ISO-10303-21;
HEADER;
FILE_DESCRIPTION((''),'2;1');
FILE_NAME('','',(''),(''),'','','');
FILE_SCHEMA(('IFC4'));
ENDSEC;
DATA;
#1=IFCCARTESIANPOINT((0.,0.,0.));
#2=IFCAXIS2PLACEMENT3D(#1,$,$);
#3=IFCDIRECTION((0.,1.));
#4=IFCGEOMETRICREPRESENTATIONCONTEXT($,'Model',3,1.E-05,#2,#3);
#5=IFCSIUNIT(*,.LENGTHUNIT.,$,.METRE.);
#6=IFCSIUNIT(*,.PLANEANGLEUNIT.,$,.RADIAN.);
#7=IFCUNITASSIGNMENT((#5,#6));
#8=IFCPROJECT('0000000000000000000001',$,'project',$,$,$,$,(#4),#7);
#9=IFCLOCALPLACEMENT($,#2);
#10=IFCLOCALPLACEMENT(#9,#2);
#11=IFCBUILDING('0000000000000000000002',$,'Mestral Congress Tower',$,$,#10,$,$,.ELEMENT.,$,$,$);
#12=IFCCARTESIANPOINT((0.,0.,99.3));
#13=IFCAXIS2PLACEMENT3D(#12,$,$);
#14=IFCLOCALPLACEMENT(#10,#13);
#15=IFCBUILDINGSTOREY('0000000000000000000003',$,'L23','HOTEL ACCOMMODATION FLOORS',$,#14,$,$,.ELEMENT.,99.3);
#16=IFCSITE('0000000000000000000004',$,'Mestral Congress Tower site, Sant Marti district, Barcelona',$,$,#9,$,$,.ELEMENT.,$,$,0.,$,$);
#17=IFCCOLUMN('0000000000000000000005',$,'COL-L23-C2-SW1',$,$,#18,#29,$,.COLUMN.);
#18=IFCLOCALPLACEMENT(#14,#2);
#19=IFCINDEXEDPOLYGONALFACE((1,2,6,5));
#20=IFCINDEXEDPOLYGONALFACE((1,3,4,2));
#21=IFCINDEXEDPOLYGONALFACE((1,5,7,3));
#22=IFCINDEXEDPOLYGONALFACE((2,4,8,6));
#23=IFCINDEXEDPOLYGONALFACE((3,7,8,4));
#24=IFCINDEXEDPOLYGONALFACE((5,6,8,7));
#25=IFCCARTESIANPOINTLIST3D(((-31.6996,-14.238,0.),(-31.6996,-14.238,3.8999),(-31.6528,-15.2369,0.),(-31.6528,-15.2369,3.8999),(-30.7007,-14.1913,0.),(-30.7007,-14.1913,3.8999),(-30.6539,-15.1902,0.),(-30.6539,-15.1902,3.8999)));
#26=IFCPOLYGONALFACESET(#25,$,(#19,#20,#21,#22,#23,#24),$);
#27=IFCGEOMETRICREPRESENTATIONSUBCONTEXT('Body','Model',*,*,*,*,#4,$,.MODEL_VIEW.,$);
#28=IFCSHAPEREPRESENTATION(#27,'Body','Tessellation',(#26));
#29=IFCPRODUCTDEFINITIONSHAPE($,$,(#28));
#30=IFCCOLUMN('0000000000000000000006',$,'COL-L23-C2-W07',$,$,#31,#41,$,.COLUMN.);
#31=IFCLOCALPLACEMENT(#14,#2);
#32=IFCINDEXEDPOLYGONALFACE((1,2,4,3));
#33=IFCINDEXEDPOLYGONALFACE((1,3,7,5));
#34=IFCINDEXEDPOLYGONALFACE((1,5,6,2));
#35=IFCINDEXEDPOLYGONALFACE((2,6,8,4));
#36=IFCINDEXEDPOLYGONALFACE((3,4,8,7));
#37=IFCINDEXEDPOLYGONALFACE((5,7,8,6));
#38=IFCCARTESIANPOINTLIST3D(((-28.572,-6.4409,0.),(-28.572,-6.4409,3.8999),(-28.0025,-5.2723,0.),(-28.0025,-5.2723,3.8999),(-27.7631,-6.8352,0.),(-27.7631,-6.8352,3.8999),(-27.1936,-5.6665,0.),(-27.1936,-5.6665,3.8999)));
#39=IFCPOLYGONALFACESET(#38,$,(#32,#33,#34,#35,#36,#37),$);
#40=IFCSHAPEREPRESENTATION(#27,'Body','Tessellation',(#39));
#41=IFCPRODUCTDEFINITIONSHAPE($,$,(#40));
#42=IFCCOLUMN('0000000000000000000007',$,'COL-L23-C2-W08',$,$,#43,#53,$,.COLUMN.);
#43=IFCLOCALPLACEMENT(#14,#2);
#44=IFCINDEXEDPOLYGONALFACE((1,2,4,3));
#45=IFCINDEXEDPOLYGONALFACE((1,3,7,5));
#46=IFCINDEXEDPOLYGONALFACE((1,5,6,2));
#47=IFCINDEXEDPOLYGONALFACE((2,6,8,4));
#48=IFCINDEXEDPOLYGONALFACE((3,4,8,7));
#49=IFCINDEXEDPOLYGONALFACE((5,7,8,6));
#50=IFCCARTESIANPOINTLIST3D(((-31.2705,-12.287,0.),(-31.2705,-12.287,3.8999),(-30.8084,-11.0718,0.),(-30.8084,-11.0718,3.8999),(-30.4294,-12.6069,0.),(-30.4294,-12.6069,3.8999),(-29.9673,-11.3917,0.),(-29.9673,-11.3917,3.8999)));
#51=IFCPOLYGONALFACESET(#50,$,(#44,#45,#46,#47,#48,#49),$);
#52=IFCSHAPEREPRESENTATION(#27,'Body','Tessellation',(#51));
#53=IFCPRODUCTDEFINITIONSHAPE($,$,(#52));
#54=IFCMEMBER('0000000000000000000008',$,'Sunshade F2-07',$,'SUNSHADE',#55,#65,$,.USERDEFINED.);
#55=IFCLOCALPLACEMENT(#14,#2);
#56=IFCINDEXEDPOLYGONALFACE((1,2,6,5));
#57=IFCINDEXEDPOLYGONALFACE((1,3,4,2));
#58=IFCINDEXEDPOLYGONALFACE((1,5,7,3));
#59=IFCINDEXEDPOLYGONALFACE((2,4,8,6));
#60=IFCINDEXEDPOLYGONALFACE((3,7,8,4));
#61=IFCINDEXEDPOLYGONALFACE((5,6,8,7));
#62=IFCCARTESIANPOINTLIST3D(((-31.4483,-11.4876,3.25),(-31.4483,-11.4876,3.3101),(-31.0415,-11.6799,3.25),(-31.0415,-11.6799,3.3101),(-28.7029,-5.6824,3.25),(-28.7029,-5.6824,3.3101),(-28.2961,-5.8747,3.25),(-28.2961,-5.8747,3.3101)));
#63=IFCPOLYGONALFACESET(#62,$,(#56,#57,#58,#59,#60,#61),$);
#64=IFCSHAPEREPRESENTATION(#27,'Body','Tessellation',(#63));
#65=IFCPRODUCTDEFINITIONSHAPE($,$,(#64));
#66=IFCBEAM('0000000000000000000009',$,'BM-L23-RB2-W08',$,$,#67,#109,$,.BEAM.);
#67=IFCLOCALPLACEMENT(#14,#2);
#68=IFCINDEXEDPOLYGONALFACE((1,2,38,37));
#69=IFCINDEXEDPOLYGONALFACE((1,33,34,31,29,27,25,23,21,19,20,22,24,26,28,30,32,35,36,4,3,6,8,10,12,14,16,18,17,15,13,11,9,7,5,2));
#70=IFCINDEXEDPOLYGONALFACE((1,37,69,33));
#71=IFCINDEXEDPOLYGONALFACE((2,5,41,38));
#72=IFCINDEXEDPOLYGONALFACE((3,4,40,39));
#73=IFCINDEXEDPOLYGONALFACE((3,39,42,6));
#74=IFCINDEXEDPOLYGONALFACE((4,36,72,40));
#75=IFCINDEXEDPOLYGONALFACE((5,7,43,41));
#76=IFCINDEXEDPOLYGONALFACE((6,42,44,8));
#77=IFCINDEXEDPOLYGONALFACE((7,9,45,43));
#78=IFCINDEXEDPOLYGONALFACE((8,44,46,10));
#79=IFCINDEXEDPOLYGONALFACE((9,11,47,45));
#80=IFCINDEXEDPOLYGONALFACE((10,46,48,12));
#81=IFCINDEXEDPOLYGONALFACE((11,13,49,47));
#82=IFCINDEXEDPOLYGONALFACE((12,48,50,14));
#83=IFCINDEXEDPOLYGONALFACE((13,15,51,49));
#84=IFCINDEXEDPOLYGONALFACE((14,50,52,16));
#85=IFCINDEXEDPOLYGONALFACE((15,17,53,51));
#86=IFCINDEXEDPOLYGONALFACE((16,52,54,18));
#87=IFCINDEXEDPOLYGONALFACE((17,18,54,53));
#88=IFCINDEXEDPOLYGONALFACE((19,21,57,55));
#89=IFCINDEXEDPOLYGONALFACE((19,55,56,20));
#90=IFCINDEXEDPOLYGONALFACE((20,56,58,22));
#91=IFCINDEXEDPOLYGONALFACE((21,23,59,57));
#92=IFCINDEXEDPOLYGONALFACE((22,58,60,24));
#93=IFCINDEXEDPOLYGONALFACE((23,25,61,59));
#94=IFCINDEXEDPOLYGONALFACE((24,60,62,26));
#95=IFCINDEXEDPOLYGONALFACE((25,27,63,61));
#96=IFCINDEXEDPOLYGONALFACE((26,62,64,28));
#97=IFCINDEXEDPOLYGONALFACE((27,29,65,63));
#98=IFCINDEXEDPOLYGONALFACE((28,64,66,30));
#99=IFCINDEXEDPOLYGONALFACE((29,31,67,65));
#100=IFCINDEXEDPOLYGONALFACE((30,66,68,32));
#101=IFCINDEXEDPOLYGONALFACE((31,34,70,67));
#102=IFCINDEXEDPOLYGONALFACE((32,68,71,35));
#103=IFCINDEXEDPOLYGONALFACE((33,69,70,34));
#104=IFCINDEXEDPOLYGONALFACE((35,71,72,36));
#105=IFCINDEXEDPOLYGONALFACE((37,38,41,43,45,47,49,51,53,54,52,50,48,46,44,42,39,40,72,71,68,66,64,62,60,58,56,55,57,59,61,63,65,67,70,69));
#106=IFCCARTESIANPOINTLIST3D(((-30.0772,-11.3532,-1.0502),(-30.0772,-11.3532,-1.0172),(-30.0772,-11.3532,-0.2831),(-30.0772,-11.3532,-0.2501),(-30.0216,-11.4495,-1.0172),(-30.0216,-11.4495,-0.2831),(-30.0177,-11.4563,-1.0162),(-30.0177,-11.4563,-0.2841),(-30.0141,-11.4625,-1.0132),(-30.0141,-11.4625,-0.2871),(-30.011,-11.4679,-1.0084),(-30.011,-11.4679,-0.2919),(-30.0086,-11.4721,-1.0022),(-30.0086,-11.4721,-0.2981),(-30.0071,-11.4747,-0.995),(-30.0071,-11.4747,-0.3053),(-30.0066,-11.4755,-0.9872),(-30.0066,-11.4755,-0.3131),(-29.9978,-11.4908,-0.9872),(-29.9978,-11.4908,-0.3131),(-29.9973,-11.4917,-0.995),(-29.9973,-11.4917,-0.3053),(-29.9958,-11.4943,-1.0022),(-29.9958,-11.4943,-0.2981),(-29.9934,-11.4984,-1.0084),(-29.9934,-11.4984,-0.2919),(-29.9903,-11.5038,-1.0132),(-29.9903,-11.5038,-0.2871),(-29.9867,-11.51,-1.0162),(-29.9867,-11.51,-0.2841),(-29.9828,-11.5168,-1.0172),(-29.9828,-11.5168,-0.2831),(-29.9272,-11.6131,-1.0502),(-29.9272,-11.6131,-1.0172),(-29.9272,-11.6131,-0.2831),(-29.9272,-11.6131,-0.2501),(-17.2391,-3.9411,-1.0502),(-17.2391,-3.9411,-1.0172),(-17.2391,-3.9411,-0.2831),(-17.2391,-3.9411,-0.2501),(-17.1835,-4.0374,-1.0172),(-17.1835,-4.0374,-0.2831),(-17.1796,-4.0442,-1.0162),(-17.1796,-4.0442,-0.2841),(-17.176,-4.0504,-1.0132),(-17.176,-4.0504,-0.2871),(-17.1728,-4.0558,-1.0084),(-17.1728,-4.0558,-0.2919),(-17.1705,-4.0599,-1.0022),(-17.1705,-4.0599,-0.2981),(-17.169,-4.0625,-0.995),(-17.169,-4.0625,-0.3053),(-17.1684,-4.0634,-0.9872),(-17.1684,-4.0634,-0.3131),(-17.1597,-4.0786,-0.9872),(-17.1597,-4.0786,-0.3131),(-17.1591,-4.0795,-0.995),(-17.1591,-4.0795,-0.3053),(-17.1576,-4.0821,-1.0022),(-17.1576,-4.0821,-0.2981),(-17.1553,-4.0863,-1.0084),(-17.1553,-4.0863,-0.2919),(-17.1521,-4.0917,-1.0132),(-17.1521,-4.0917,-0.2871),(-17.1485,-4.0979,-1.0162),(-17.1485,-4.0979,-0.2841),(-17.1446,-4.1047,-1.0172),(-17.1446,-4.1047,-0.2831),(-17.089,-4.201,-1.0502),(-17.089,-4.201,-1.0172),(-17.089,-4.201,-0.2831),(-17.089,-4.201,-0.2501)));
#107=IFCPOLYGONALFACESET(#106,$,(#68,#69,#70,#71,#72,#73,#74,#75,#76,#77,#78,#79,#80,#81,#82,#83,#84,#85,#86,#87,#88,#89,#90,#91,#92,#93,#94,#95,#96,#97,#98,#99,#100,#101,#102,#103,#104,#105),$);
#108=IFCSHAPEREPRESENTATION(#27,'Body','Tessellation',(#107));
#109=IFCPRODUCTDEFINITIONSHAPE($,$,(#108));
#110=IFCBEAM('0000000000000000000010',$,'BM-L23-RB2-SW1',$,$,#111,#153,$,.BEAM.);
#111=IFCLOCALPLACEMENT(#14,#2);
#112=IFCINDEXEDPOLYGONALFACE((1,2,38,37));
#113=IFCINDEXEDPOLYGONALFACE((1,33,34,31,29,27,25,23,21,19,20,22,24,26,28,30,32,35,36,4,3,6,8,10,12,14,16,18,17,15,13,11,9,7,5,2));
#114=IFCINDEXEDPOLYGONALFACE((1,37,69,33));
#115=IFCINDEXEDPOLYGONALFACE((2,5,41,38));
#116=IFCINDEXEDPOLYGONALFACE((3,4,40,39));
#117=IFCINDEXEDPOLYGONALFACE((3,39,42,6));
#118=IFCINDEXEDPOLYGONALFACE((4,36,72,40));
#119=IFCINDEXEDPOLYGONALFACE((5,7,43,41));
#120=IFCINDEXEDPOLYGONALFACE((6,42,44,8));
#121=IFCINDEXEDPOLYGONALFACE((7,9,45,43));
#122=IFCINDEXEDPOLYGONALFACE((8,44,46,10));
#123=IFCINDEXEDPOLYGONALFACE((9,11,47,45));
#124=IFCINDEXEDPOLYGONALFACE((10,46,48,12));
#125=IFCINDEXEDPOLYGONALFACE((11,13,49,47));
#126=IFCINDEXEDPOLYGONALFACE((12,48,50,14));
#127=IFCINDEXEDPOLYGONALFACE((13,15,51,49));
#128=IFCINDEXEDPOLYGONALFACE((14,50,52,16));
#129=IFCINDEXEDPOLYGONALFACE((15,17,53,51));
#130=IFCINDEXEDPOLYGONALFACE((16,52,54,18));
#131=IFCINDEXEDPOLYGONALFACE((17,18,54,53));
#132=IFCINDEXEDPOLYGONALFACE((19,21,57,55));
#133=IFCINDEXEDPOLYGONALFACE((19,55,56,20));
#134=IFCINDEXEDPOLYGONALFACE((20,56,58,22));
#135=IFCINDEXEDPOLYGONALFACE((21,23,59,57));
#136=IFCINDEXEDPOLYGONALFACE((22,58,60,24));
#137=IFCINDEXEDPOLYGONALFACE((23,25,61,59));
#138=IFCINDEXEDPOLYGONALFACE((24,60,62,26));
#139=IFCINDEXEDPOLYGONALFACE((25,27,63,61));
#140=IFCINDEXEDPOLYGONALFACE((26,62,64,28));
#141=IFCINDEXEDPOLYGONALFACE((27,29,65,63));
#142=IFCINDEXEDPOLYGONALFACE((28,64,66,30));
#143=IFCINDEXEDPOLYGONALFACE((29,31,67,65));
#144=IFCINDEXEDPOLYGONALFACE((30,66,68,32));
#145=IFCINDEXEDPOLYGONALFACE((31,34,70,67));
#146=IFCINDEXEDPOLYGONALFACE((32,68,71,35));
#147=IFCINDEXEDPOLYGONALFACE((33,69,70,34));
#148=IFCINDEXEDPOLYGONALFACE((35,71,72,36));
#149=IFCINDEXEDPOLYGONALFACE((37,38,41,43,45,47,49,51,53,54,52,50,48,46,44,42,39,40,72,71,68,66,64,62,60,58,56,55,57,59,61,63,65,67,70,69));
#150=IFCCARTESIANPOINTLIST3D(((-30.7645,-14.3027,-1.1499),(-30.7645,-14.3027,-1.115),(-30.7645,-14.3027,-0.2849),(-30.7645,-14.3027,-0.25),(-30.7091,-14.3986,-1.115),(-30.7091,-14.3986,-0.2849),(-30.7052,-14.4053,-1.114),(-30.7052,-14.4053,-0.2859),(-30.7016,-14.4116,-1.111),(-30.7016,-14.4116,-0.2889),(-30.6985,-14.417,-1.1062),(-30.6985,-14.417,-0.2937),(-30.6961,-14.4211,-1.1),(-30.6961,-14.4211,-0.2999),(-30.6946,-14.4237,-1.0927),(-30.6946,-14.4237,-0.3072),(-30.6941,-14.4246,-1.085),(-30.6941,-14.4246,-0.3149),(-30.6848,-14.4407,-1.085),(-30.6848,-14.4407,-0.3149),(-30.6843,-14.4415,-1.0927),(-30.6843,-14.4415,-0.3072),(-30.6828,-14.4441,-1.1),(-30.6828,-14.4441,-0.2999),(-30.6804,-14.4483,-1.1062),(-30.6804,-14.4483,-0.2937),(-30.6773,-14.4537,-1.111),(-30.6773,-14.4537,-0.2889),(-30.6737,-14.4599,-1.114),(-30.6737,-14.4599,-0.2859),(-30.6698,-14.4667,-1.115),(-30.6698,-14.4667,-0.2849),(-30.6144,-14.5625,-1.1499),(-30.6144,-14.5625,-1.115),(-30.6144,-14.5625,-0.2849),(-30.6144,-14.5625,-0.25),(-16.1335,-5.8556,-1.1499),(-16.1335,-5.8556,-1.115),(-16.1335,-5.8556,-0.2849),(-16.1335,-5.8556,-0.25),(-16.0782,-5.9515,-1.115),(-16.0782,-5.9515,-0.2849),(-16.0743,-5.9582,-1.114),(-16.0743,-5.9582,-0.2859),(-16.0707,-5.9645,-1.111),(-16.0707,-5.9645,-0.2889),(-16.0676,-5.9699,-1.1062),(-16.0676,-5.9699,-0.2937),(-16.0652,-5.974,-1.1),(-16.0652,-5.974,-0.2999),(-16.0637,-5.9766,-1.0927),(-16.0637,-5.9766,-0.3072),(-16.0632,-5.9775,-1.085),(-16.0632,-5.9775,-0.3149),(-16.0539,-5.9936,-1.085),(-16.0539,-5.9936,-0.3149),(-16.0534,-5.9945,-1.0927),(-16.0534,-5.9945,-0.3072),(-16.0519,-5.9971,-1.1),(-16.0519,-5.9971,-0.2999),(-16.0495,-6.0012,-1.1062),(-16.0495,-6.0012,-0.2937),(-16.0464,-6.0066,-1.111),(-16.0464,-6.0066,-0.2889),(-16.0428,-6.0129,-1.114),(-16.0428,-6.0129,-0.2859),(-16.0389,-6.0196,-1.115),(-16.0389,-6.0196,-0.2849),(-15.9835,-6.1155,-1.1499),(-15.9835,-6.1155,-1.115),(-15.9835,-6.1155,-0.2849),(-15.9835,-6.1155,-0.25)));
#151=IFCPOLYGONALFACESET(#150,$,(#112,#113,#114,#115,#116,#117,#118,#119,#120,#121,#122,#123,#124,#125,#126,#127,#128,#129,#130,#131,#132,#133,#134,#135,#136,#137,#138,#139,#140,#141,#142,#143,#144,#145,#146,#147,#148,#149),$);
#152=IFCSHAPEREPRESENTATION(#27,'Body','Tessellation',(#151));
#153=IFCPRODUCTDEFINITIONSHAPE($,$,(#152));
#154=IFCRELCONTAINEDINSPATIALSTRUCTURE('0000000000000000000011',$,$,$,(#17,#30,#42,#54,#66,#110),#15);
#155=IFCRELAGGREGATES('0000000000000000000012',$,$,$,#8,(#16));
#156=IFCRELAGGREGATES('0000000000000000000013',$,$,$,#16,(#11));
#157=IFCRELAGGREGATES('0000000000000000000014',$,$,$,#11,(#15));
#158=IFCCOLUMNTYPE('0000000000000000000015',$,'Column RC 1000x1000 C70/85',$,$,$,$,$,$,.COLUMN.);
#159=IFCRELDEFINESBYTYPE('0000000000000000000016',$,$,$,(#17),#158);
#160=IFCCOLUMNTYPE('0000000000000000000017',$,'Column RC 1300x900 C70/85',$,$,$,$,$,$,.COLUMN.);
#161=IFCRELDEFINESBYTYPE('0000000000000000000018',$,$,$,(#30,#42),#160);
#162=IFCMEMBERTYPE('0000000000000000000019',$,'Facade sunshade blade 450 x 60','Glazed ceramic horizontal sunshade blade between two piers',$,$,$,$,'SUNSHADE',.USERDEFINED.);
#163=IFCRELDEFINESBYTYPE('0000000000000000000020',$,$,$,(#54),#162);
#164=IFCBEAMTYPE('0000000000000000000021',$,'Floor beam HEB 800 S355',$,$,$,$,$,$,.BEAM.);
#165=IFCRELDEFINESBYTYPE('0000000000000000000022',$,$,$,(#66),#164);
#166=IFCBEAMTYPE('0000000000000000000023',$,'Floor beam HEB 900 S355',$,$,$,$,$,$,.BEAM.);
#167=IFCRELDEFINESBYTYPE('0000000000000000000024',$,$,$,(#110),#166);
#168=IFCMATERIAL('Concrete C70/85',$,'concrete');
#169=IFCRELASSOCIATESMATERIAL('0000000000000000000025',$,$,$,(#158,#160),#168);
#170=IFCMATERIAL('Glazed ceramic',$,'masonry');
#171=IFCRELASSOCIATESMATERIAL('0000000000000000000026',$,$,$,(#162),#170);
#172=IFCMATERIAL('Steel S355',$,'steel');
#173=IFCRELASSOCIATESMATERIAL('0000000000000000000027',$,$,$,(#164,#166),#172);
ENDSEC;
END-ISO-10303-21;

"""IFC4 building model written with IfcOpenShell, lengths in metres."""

from ifc_helpers import new_model, si_unit, direction, frame, origin, origin_2d, place, context, subcontext, project, spatial, rectangle, i_section, extrude, material, material_profile, profile_set, type_object, element, save


model = new_model("IFC4")

# Units and contexts
model_context = context("Model", 3, precision=1e-05, world=origin(), true_north=direction((0.0, 1.0)))
body_context = subcontext(model_context, "Body", "Model", "MODEL_VIEW")
ifc_project = project(units=[si_unit("LENGTHUNIT", "METRE"), si_unit("PLANEANGLEUNIT", "RADIAN")], contexts=[model_context])

# Site, building, storey
site_placement = place(None, origin())
site = spatial("IfcSite", under=ifc_project, at=site_placement, Name="Mestral Congress Tower site, Sant Marti district, Barcelona", CompositionType="ELEMENT", RefElevation=0.0)
building_placement = place(site_placement, origin())
building = spatial("IfcBuilding", under=site, at=building_placement, Name="Mestral Congress Tower", CompositionType="ELEMENT")
storey_placement = place(building_placement, frame((0.0, 0.0, 99.3)))
storey = spatial("IfcBuildingStorey", under=building, at=storey_placement, Name="L23", Description="HOTEL ACCOMMODATION FLOORS", CompositionType="ELEMENT", Elevation=99.3)

# Columns
ifc_material_1 = material(Name="Concrete C70/85", Category="concrete")
ifc_material_profile_1 = material_profile(ifc_material_1, rectangle(XDim=1.0, YDim=1.0, at=origin_2d()), Name="RC 1000x1000")
ifc_profile_set_1 = profile_set([ifc_material_profile_1], Name="Concrete C70/85")
column_type_1 = type_object("IfcColumnType", Name="Column RC 1000x1000 C70/85", PredefinedType="COLUMN", material=ifc_profile_set_1)
column_placement = place(storey_placement, frame((-31.1768, -14.7141, 0.0), z_axis=(0.0, 0.0, 1.0), x_axis=(0.046756, -0.998906, 0.0)))
element("IfcColumn", 1, at=column_placement, inside=storey, type_object=column_type_1, Name="COL-L23-C2-SW1", PredefinedType="COLUMN", context=body_context, shape_type="SweptSolid", body=[
    extrude(rectangle(XDim=1.0, YDim=1.0, at=origin_2d()), origin(), (0.0, 0.0, 1.0), 3.8999),
])
ifc_material_profile_2 = material_profile(ifc_material_1, rectangle(XDim=1.3, YDim=0.8999, at=origin_2d()), Name="RC 1300x900")
ifc_profile_set_2 = profile_set([ifc_material_profile_2], Name="Concrete C70/85")
column_type_2 = type_object("IfcColumnType", Name="Column RC 1300x900 C70/85", PredefinedType="COLUMN", material=ifc_profile_set_2)
for number, where, z_axis, x_axis, name in (
    (2, (-27.8828, -6.0537, 0.0), (0.0, 0.0, 1.0), (-0.438061, -0.898945, 0.0), "COL-L23-C2-W07"),
    (3, (-30.6189, -11.8394, 0.0), (0.0, 0.0, 1.0), (-0.355494, -0.934679, 0.0), "COL-L23-C2-W08"),
):
    element("IfcColumn", number, at=place(storey_placement, frame(where, z_axis=z_axis, x_axis=x_axis)), inside=storey, type_object=column_type_2, Name=name, PredefinedType="COLUMN", context=body_context, shape_type="SweptSolid", body=[
        extrude(rectangle(XDim=1.3, YDim=0.8999, at=origin_2d()), origin(), (0.0, 0.0, 1.0), 3.8999),
    ])

# Member
ifc_material_2 = material(Name="Glazed ceramic", Category="masonry")
ifc_material_profile_3 = material_profile(ifc_material_2, rectangle(XDim=0.45, YDim=0.0601, at=origin_2d()), Name="Ceramic blade 450 x 60")
ifc_profile_set_3 = profile_set([ifc_material_profile_3], Name="Glazed ceramic")
member_type = type_object("IfcMemberType", Name="Facade sunshade blade 450 x 60", Description="Glazed ceramic horizontal sunshade blade between two piers", ElementType="SUNSHADE", PredefinedType="USERDEFINED", material=ifc_profile_set_3)
member_placement = place(storey_placement, frame((-28.4995, -5.7786, 3.28), z_axis=(-0.427519, -0.904006, 0.0), x_axis=(0.904006, -0.427519, 0.0)))
element("IfcMember", 4, at=member_placement, inside=storey, type_object=member_type, Name="Sunshade F2-07", ObjectType="SUNSHADE", PredefinedType="USERDEFINED", context=body_context, shape_type="SweptSolid", body=[
    extrude(rectangle(XDim=0.45, YDim=0.0601, at=origin_2d()), origin(), (0.0, 0.0, 1.0), 6.4216),
])

# Beams
ifc_material_3 = material(Name="Steel S355", Category="steel")
ifc_material_profile_4 = material_profile(ifc_material_3, i_section(OverallWidth=0.3, OverallDepth=0.8, WebThickness=0.0176, FlangeThickness=0.033, FilletRadius=0.03, at=origin_2d()), Name="HEB 800")
ifc_profile_set_4 = profile_set([ifc_material_profile_4], Name="Steel S355")
beam_type_1 = type_object("IfcBeamType", Name="Floor beam HEB 800 S355", PredefinedType="BEAM", material=ifc_profile_set_4)
beam_1_placement = place(storey_placement, frame((-30.0022, -11.4832, -0.6501), z_axis=(0.866025, 0.5, 0.0), x_axis=(-0.5, 0.866025, 0.0)))
element("IfcBeam", 5, at=beam_1_placement, inside=storey, type_object=beam_type_1, Name="BM-L23-RB2-W08", PredefinedType="BEAM", context=body_context, shape_type="SweptSolid", body=[
    extrude(i_section(OverallWidth=0.3, OverallDepth=0.8, WebThickness=0.0176, FlangeThickness=0.033, FilletRadius=0.03, at=origin_2d()), origin(), (0.0, 0.0, 1.0), 14.8242),
])
ifc_material_profile_5 = material_profile(ifc_material_3, i_section(OverallWidth=0.3, OverallDepth=0.8999, WebThickness=0.0186, FlangeThickness=0.0349, FilletRadius=0.03, at=origin_2d()), Name="HEB 900")
ifc_profile_set_5 = profile_set([ifc_material_profile_5], Name="Steel S355")
beam_type_2 = type_object("IfcBeamType", Name="Floor beam HEB 900 S355", PredefinedType="BEAM", material=ifc_profile_set_5)
beam_2_placement = place(storey_placement, frame((-30.6895, -14.4326, -0.7), z_axis=(0.866028, 0.499995, 0.0), x_axis=(-0.499995, 0.866028, 0.0)))
element("IfcBeam", 6, at=beam_2_placement, inside=storey, type_object=beam_type_2, Name="BM-L23-RB2-SW1", PredefinedType="BEAM", context=body_context, shape_type="SweptSolid", body=[
    extrude(i_section(OverallWidth=0.3, OverallDepth=0.8999, WebThickness=0.0186, FlangeThickness=0.0349, FilletRadius=0.03, at=origin_2d()), origin(), (0.0, 0.0, 1.0), 16.8943),
])

save(model, "model.ifc")
